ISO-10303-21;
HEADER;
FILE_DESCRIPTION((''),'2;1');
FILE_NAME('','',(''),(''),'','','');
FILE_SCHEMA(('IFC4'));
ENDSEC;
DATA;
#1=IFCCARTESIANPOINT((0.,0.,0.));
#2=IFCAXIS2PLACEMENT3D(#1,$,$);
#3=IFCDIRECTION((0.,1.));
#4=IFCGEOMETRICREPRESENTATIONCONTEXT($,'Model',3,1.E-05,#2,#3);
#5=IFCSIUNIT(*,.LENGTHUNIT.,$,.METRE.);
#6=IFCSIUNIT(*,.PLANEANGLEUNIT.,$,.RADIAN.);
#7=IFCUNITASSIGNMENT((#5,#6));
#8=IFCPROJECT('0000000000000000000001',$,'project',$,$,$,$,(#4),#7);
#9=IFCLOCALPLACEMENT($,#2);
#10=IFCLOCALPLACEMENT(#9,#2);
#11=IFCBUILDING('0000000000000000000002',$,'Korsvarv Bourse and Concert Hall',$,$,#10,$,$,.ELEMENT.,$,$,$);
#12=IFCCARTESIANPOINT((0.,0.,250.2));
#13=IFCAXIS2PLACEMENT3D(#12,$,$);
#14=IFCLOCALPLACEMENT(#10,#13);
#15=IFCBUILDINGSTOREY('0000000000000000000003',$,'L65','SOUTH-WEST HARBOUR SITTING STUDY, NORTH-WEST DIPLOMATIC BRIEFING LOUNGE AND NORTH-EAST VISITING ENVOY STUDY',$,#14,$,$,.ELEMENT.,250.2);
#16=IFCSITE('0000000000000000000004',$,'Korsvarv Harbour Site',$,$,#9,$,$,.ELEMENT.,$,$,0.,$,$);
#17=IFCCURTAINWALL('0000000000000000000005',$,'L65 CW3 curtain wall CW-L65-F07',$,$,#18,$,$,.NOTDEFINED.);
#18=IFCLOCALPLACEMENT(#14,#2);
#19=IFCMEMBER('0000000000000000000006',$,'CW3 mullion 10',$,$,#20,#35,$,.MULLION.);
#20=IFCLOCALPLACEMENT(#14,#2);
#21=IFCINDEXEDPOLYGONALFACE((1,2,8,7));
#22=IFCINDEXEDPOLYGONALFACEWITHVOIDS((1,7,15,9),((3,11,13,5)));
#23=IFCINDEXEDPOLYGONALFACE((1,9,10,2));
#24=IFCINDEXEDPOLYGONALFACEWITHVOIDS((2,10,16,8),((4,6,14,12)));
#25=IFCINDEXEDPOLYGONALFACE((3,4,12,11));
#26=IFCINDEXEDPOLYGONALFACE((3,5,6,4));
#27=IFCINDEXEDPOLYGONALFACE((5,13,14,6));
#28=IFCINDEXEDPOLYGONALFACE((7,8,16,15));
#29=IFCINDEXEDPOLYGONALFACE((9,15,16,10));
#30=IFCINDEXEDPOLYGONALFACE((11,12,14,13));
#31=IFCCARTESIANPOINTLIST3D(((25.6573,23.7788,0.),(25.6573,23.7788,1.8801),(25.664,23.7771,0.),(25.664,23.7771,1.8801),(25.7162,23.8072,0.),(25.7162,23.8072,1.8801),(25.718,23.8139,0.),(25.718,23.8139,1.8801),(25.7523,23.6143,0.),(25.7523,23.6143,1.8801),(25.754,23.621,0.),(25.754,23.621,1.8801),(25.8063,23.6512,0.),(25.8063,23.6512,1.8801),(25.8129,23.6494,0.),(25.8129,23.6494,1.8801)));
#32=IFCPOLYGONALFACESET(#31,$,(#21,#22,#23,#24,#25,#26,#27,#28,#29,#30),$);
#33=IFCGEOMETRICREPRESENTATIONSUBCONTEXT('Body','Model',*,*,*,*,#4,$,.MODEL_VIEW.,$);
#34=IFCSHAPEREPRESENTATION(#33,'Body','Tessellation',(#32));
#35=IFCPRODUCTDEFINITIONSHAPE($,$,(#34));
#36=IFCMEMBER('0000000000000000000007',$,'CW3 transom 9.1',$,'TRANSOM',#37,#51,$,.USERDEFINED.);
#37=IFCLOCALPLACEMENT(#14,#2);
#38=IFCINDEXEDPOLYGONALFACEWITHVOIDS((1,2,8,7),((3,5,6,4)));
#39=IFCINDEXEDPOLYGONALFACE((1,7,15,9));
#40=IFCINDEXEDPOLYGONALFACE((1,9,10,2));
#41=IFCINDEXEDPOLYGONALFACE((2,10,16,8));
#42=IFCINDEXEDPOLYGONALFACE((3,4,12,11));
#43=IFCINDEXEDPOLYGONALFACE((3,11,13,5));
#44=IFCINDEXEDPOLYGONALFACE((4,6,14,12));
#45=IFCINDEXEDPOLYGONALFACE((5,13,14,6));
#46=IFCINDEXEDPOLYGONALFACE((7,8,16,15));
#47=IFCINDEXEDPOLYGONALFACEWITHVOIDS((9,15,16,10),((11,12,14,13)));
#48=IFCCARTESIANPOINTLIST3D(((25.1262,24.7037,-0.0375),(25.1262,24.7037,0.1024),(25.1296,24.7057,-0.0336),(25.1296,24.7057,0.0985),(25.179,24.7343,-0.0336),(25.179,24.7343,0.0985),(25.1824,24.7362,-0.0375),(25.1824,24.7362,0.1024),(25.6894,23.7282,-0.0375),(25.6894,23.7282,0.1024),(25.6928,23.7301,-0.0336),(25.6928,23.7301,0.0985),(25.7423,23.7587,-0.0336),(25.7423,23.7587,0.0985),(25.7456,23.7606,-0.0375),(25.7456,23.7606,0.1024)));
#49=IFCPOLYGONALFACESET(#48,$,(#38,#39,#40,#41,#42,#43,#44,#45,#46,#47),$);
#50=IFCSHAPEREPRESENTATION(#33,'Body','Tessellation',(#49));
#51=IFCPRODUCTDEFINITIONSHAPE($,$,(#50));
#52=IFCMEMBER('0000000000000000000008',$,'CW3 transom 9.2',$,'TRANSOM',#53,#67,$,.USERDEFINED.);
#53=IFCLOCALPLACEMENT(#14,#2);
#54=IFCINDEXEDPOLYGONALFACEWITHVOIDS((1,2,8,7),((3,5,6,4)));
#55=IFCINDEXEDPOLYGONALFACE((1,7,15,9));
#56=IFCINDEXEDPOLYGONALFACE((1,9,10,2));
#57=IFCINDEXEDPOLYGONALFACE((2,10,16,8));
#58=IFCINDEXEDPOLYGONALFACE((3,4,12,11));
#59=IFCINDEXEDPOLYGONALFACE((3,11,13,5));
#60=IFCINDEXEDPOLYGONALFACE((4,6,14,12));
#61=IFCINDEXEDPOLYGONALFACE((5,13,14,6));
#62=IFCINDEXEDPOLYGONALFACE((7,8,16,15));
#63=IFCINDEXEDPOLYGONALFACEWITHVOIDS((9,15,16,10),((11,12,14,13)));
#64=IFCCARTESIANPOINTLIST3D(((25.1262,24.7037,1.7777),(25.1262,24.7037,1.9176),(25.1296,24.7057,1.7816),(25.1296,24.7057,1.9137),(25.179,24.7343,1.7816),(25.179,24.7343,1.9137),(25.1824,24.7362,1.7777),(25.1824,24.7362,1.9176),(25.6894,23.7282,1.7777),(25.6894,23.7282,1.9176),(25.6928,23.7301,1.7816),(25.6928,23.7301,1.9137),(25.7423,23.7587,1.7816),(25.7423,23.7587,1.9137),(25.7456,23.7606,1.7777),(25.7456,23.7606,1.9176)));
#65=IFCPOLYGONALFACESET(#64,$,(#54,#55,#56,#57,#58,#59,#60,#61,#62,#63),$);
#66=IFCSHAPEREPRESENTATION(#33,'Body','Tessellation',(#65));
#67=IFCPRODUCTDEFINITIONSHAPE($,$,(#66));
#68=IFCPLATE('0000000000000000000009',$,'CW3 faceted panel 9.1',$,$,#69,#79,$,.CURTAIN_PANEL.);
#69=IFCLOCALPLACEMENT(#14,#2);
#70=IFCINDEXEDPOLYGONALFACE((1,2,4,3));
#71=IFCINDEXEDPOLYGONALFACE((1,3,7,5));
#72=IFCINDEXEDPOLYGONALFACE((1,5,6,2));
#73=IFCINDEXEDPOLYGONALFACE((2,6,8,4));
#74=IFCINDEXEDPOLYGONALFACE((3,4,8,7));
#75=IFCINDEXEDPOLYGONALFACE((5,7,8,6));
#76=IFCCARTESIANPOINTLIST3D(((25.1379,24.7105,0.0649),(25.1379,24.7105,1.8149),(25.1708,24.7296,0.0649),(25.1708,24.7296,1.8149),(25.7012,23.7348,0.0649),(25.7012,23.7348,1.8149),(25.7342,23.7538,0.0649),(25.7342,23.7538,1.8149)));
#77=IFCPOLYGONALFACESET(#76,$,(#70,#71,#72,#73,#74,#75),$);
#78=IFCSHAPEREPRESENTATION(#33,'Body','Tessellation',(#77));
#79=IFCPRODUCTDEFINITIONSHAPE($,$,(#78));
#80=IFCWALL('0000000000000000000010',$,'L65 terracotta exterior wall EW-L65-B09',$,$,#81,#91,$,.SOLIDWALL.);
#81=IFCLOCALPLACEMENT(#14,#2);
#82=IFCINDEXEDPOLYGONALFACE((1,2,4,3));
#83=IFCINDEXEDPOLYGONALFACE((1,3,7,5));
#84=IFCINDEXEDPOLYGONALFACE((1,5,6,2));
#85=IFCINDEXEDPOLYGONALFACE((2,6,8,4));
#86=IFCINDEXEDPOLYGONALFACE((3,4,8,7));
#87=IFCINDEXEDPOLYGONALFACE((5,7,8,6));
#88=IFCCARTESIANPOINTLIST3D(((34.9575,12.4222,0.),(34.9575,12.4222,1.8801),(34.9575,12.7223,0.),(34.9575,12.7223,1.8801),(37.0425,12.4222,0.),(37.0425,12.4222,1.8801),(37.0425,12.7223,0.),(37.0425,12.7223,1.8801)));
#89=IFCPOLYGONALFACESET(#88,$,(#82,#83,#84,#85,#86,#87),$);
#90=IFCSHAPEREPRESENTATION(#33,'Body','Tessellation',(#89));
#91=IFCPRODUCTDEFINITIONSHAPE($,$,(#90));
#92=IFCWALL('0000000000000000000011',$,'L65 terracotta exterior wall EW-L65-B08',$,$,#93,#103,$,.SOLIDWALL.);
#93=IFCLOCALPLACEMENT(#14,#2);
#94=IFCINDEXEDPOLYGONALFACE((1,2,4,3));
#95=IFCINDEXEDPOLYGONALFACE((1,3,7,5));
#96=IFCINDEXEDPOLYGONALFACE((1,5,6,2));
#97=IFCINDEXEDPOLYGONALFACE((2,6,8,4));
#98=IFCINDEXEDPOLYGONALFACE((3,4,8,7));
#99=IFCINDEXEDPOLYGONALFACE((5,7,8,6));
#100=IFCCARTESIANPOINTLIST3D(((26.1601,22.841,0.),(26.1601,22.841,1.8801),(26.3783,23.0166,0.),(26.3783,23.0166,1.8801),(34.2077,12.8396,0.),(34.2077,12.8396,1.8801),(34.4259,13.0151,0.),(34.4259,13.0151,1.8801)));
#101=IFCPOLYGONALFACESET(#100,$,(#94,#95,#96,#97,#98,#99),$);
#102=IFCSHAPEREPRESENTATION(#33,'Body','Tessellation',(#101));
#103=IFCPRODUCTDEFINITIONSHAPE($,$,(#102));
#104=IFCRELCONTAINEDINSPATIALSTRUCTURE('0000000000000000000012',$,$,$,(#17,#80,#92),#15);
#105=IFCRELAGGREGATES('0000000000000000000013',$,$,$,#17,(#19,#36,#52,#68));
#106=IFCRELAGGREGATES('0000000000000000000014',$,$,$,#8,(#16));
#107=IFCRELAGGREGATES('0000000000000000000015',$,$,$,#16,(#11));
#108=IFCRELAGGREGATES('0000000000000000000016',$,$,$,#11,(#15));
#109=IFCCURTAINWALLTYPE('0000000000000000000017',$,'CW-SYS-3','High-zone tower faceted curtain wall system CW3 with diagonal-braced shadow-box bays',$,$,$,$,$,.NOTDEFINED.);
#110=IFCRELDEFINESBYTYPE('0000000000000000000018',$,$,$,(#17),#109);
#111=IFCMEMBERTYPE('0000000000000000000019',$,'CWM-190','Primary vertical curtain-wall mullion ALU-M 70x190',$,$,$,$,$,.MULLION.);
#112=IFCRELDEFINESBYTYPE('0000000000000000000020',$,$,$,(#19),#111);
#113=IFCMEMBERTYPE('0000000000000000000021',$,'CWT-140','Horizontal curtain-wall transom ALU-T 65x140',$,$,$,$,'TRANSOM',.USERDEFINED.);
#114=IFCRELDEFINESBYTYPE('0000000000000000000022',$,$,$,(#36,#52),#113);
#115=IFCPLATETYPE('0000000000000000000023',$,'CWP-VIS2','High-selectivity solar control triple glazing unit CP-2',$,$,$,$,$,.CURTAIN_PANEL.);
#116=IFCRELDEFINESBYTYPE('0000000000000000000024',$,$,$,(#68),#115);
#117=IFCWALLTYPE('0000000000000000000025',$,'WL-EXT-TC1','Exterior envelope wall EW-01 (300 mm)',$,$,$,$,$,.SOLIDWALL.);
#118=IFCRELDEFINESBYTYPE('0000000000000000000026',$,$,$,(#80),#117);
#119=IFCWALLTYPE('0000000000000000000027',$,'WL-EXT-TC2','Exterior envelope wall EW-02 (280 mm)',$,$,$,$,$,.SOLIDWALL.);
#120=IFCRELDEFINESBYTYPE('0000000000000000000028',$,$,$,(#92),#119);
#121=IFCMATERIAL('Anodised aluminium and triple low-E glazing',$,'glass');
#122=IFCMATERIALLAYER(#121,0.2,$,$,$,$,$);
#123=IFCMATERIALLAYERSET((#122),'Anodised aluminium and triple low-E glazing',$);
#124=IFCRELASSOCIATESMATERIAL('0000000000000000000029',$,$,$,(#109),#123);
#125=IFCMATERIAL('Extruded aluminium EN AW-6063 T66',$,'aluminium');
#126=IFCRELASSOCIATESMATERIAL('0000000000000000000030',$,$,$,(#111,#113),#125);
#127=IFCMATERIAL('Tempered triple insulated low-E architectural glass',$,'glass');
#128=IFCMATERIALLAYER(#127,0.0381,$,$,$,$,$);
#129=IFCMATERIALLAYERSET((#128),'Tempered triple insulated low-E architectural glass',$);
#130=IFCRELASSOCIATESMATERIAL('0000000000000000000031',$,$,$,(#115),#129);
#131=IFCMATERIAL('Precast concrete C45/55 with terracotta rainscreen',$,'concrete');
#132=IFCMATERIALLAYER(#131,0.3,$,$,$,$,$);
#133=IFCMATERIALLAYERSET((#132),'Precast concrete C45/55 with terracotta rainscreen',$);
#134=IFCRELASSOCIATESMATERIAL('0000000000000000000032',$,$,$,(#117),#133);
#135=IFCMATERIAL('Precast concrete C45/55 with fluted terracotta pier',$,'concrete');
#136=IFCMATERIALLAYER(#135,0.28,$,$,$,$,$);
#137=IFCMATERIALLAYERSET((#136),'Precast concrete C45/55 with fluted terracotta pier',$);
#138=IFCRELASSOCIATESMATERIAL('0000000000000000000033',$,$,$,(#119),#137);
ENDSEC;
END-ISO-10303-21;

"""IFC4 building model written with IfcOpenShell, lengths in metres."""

from ifc_helpers import new_model, si_unit, direction, frame, frame_2d, origin, origin_2d, place, context, subcontext, project, spatial, rectangle, hollow_rectangle, extrude, source, transform, mapped, material, layer, layer_set, material_profile, profile_set, type_object, element, aggregate, save


model = new_model("IFC4")

# Units and contexts
model_context = context("Model", 3, precision=1e-05, world=origin(), true_north=direction((0.0, 1.0)))
body_context = subcontext(model_context, "Body", "Model", "MODEL_VIEW")
ifc_project = project(units=[si_unit("LENGTHUNIT", "METRE"), si_unit("PLANEANGLEUNIT", "RADIAN")], contexts=[model_context])

# Site, building, storey
site_placement = place(None, origin())
site = spatial("IfcSite", under=ifc_project, at=site_placement, Name="Korsvarv Harbour Site", CompositionType="ELEMENT", RefElevation=0.0)
building_placement = place(site_placement, origin())
building = spatial("IfcBuilding", under=site, at=building_placement, Name="Korsvarv Bourse and Concert Hall", CompositionType="ELEMENT")
storey_placement = place(building_placement, frame((0.0, 0.0, 250.2)))
storey = spatial("IfcBuildingStorey", under=building, at=storey_placement, Name="L65", Description="SOUTH-WEST HARBOUR SITTING STUDY, NORTH-WEST DIPLOMATIC BRIEFING LOUNGE AND NORTH-EAST VISITING ENVOY STUDY", CompositionType="ELEMENT", Elevation=250.2)

# Curtain wall, members, plate
ifc_material_1 = material(Name="Anodised aluminium and triple low-E glazing", Category="glass")
ifc_layer_1 = layer(ifc_material_1, 0.2)
ifc_layer_set_1 = layer_set([ifc_layer_1], Name="Anodised aluminium and triple low-E glazing")
curtain_wall_type = type_object("IfcCurtainWallType", Name="CW-SYS-3", Description="High-zone tower faceted curtain wall system CW3 with diagonal-braced shadow-box bays", PredefinedType="NOTDEFINED", material=ifc_layer_set_1)
curtain_wall_placement = place(storey_placement, origin())
curtain_wall = element("IfcCurtainWall", 1, at=curtain_wall_placement, inside=storey, type_object=curtain_wall_type, Name="L65 CW3 curtain wall CW-L65-F07", PredefinedType="NOTDEFINED")
ifc_material_2 = material(Name="Extruded aluminium EN AW-6063 T66", Category="aluminium")
ifc_material_profile_1 = material_profile(ifc_material_2, hollow_rectangle(XDim=0.0701, YDim=0.1899, WallThickness=0.0049, at=origin_2d()), Name="ALU-M 70x190")
ifc_profile_set_1 = profile_set([ifc_material_profile_1], Name="Extruded aluminium EN AW-6063 T66")
member_type_1 = type_object("IfcMemberType", Name="CWM-190", Description="Primary vertical curtain-wall mullion ALU-M 70x190", PredefinedType="MULLION", material=ifc_profile_set_1)
shared_shape_1 = source(origin(), body_context, "Body", "SweptSolid", [
    extrude(hollow_rectangle(XDim=0.0701, YDim=0.1899, WallThickness=0.0049, at=origin_2d()), origin(), (0.0, 0.0, 1.0), 1.8801),
])
member_1_placement = place(storey_placement, frame((25.7351, 23.7141, 0.0), z_axis=(0.0, 0.0, 1.0), x_axis=(0.866022, 0.500006, 0.0)))
member_1 = element("IfcMember", 2, at=member_1_placement, type_object=member_type_1, Name="CW3 mullion 10", PredefinedType="MULLION", context=body_context, shape_type="MappedRepresentation", body=[
    mapped(shared_shape_1, transform((0.0, 0.0, 0.0), scale=1.0)),
])
ifc_material_profile_2 = material_profile(ifc_material_2, hollow_rectangle(XDim=0.0649, YDim=0.1399, WallThickness=0.0039, at=origin_2d()), Name="ALU-T 65x140")
ifc_profile_set_2 = profile_set([ifc_material_profile_2], Name="Extruded aluminium EN AW-6063 T66")
member_type_2 = type_object("IfcMemberType", Name="CWT-140", Description="Horizontal curtain-wall transom ALU-T 65x140", ElementType="TRANSOM", PredefinedType="USERDEFINED", material=ifc_profile_set_2)
shared_shape_2 = source(origin(), body_context, "Body", "SweptSolid", [
    extrude(hollow_rectangle(XDim=0.0649, YDim=0.1399, WallThickness=0.0039, at=origin_2d()), origin(), (0.0, 0.0, 1.0), 1.1265),
])
member_2_placement = place(storey_placement, frame((25.1543, 24.72, 0.0325), z_axis=(0.499985, -0.866034, 0.0), x_axis=(0.866034, 0.499985, 0.0)))
member_2 = element("IfcMember", 3, at=member_2_placement, type_object=member_type_2, Name="CW3 transom 9.1", ObjectType="TRANSOM", PredefinedType="USERDEFINED", context=body_context, shape_type="MappedRepresentation", body=[
    mapped(shared_shape_2, transform((0.0, 0.0, 0.0), scale=1.0)),
])
member_3_placement = place(storey_placement, frame((25.1543, 24.72, 1.8477), z_axis=(0.499985, -0.866034, 0.0), x_axis=(0.866034, 0.499985, 0.0)))
member_3 = element("IfcMember", 4, at=member_3_placement, type_object=member_type_2, Name="CW3 transom 9.2", ObjectType="TRANSOM", PredefinedType="USERDEFINED", context=body_context, shape_type="MappedRepresentation", body=[
    mapped(shared_shape_2, transform((0.0, 0.0, 0.0), scale=1.0)),
])
ifc_material_3 = material(Name="Tempered triple insulated low-E architectural glass", Category="glass")
ifc_layer_2 = layer(ifc_material_3, 0.0381)
ifc_layer_set_2 = layer_set([ifc_layer_2], Name="Tempered triple insulated low-E architectural glass")
plate_type = type_object("IfcPlateType", Name="CWP-VIS2", Description="High-selectivity solar control triple glazing unit CP-2", PredefinedType="CURTAIN_PANEL", material=ifc_layer_set_2)
shared_shape_3 = source(origin(), body_context, "Body", "SweptSolid", [
    extrude(rectangle(XDim=1.1267, YDim=0.0381, at=origin_2d()), origin(), (0.0, 0.0, 1.0), 1.75),
])
plate_placement = place(storey_placement, frame((25.436, 24.2322, 0.0649), z_axis=(0.0, 0.0, 1.0), x_axis=(0.500006, -0.866022, 0.0)))
plate = element("IfcPlate", 5, at=plate_placement, type_object=plate_type, Name="CW3 faceted panel 9.1", PredefinedType="CURTAIN_PANEL", context=body_context, shape_type="MappedRepresentation", body=[
    mapped(shared_shape_3, transform((0.0, 0.0, 0.0), scale=1.0)),
])
aggregate(curtain_wall, [member_1, member_2, member_3, plate])

# Walls
ifc_material_4 = material(Name="Precast concrete C45/55 with terracotta rainscreen", Category="concrete")
ifc_layer_3 = layer(ifc_material_4, 0.3)
ifc_layer_set_3 = layer_set([ifc_layer_3], Name="Precast concrete C45/55 with terracotta rainscreen")
wall_type_1 = type_object("IfcWallType", Name="WL-EXT-TC1", Description="Exterior envelope wall EW-01 (300 mm)", PredefinedType="SOLIDWALL", material=ifc_layer_set_3)
wall_1_placement = place(storey_placement, frame((34.9575, 12.5723, 0.0), z_axis=(0.0, 0.0, 1.0), x_axis=(1.0, 0.0, 0.0)))
element("IfcWall", 6, at=wall_1_placement, inside=storey, type_object=wall_type_1, Name="L65 terracotta exterior wall EW-L65-B09", PredefinedType="SOLIDWALL", context=body_context, shape_type="SweptSolid", body=[
    extrude(rectangle(XDim=2.085, YDim=0.3, at=frame_2d((1.0425, 0.0))), origin(), (0.0, 0.0, 1.0), 1.8801),
])
ifc_material_5 = material(Name="Precast concrete C45/55 with fluted terracotta pier", Category="concrete")
ifc_layer_4 = layer(ifc_material_5, 0.28)
ifc_layer_set_4 = layer_set([ifc_layer_4], Name="Precast concrete C45/55 with fluted terracotta pier")
wall_type_2 = type_object("IfcWallType", Name="WL-EXT-TC2", Description="Exterior envelope wall EW-02 (280 mm)", PredefinedType="SOLIDWALL", material=ifc_layer_set_4)
wall_2_placement = place(storey_placement, frame((26.2693, 22.9287, 0.0), z_axis=(0.0, 0.0, 1.0), x_axis=(0.626898, -0.779101, 0.0)))
element("IfcWall", 7, at=wall_2_placement, inside=storey, type_object=wall_type_2, Name="L65 terracotta exterior wall EW-L65-B08", PredefinedType="SOLIDWALL", context=body_context, shape_type="SweptSolid", body=[
    extrude(rectangle(XDim=12.8372, YDim=0.28, at=frame_2d((6.4185, 0.0))), origin(), (0.0, 0.0, 1.0), 1.8801),
])

save(model, "model.ifc")
